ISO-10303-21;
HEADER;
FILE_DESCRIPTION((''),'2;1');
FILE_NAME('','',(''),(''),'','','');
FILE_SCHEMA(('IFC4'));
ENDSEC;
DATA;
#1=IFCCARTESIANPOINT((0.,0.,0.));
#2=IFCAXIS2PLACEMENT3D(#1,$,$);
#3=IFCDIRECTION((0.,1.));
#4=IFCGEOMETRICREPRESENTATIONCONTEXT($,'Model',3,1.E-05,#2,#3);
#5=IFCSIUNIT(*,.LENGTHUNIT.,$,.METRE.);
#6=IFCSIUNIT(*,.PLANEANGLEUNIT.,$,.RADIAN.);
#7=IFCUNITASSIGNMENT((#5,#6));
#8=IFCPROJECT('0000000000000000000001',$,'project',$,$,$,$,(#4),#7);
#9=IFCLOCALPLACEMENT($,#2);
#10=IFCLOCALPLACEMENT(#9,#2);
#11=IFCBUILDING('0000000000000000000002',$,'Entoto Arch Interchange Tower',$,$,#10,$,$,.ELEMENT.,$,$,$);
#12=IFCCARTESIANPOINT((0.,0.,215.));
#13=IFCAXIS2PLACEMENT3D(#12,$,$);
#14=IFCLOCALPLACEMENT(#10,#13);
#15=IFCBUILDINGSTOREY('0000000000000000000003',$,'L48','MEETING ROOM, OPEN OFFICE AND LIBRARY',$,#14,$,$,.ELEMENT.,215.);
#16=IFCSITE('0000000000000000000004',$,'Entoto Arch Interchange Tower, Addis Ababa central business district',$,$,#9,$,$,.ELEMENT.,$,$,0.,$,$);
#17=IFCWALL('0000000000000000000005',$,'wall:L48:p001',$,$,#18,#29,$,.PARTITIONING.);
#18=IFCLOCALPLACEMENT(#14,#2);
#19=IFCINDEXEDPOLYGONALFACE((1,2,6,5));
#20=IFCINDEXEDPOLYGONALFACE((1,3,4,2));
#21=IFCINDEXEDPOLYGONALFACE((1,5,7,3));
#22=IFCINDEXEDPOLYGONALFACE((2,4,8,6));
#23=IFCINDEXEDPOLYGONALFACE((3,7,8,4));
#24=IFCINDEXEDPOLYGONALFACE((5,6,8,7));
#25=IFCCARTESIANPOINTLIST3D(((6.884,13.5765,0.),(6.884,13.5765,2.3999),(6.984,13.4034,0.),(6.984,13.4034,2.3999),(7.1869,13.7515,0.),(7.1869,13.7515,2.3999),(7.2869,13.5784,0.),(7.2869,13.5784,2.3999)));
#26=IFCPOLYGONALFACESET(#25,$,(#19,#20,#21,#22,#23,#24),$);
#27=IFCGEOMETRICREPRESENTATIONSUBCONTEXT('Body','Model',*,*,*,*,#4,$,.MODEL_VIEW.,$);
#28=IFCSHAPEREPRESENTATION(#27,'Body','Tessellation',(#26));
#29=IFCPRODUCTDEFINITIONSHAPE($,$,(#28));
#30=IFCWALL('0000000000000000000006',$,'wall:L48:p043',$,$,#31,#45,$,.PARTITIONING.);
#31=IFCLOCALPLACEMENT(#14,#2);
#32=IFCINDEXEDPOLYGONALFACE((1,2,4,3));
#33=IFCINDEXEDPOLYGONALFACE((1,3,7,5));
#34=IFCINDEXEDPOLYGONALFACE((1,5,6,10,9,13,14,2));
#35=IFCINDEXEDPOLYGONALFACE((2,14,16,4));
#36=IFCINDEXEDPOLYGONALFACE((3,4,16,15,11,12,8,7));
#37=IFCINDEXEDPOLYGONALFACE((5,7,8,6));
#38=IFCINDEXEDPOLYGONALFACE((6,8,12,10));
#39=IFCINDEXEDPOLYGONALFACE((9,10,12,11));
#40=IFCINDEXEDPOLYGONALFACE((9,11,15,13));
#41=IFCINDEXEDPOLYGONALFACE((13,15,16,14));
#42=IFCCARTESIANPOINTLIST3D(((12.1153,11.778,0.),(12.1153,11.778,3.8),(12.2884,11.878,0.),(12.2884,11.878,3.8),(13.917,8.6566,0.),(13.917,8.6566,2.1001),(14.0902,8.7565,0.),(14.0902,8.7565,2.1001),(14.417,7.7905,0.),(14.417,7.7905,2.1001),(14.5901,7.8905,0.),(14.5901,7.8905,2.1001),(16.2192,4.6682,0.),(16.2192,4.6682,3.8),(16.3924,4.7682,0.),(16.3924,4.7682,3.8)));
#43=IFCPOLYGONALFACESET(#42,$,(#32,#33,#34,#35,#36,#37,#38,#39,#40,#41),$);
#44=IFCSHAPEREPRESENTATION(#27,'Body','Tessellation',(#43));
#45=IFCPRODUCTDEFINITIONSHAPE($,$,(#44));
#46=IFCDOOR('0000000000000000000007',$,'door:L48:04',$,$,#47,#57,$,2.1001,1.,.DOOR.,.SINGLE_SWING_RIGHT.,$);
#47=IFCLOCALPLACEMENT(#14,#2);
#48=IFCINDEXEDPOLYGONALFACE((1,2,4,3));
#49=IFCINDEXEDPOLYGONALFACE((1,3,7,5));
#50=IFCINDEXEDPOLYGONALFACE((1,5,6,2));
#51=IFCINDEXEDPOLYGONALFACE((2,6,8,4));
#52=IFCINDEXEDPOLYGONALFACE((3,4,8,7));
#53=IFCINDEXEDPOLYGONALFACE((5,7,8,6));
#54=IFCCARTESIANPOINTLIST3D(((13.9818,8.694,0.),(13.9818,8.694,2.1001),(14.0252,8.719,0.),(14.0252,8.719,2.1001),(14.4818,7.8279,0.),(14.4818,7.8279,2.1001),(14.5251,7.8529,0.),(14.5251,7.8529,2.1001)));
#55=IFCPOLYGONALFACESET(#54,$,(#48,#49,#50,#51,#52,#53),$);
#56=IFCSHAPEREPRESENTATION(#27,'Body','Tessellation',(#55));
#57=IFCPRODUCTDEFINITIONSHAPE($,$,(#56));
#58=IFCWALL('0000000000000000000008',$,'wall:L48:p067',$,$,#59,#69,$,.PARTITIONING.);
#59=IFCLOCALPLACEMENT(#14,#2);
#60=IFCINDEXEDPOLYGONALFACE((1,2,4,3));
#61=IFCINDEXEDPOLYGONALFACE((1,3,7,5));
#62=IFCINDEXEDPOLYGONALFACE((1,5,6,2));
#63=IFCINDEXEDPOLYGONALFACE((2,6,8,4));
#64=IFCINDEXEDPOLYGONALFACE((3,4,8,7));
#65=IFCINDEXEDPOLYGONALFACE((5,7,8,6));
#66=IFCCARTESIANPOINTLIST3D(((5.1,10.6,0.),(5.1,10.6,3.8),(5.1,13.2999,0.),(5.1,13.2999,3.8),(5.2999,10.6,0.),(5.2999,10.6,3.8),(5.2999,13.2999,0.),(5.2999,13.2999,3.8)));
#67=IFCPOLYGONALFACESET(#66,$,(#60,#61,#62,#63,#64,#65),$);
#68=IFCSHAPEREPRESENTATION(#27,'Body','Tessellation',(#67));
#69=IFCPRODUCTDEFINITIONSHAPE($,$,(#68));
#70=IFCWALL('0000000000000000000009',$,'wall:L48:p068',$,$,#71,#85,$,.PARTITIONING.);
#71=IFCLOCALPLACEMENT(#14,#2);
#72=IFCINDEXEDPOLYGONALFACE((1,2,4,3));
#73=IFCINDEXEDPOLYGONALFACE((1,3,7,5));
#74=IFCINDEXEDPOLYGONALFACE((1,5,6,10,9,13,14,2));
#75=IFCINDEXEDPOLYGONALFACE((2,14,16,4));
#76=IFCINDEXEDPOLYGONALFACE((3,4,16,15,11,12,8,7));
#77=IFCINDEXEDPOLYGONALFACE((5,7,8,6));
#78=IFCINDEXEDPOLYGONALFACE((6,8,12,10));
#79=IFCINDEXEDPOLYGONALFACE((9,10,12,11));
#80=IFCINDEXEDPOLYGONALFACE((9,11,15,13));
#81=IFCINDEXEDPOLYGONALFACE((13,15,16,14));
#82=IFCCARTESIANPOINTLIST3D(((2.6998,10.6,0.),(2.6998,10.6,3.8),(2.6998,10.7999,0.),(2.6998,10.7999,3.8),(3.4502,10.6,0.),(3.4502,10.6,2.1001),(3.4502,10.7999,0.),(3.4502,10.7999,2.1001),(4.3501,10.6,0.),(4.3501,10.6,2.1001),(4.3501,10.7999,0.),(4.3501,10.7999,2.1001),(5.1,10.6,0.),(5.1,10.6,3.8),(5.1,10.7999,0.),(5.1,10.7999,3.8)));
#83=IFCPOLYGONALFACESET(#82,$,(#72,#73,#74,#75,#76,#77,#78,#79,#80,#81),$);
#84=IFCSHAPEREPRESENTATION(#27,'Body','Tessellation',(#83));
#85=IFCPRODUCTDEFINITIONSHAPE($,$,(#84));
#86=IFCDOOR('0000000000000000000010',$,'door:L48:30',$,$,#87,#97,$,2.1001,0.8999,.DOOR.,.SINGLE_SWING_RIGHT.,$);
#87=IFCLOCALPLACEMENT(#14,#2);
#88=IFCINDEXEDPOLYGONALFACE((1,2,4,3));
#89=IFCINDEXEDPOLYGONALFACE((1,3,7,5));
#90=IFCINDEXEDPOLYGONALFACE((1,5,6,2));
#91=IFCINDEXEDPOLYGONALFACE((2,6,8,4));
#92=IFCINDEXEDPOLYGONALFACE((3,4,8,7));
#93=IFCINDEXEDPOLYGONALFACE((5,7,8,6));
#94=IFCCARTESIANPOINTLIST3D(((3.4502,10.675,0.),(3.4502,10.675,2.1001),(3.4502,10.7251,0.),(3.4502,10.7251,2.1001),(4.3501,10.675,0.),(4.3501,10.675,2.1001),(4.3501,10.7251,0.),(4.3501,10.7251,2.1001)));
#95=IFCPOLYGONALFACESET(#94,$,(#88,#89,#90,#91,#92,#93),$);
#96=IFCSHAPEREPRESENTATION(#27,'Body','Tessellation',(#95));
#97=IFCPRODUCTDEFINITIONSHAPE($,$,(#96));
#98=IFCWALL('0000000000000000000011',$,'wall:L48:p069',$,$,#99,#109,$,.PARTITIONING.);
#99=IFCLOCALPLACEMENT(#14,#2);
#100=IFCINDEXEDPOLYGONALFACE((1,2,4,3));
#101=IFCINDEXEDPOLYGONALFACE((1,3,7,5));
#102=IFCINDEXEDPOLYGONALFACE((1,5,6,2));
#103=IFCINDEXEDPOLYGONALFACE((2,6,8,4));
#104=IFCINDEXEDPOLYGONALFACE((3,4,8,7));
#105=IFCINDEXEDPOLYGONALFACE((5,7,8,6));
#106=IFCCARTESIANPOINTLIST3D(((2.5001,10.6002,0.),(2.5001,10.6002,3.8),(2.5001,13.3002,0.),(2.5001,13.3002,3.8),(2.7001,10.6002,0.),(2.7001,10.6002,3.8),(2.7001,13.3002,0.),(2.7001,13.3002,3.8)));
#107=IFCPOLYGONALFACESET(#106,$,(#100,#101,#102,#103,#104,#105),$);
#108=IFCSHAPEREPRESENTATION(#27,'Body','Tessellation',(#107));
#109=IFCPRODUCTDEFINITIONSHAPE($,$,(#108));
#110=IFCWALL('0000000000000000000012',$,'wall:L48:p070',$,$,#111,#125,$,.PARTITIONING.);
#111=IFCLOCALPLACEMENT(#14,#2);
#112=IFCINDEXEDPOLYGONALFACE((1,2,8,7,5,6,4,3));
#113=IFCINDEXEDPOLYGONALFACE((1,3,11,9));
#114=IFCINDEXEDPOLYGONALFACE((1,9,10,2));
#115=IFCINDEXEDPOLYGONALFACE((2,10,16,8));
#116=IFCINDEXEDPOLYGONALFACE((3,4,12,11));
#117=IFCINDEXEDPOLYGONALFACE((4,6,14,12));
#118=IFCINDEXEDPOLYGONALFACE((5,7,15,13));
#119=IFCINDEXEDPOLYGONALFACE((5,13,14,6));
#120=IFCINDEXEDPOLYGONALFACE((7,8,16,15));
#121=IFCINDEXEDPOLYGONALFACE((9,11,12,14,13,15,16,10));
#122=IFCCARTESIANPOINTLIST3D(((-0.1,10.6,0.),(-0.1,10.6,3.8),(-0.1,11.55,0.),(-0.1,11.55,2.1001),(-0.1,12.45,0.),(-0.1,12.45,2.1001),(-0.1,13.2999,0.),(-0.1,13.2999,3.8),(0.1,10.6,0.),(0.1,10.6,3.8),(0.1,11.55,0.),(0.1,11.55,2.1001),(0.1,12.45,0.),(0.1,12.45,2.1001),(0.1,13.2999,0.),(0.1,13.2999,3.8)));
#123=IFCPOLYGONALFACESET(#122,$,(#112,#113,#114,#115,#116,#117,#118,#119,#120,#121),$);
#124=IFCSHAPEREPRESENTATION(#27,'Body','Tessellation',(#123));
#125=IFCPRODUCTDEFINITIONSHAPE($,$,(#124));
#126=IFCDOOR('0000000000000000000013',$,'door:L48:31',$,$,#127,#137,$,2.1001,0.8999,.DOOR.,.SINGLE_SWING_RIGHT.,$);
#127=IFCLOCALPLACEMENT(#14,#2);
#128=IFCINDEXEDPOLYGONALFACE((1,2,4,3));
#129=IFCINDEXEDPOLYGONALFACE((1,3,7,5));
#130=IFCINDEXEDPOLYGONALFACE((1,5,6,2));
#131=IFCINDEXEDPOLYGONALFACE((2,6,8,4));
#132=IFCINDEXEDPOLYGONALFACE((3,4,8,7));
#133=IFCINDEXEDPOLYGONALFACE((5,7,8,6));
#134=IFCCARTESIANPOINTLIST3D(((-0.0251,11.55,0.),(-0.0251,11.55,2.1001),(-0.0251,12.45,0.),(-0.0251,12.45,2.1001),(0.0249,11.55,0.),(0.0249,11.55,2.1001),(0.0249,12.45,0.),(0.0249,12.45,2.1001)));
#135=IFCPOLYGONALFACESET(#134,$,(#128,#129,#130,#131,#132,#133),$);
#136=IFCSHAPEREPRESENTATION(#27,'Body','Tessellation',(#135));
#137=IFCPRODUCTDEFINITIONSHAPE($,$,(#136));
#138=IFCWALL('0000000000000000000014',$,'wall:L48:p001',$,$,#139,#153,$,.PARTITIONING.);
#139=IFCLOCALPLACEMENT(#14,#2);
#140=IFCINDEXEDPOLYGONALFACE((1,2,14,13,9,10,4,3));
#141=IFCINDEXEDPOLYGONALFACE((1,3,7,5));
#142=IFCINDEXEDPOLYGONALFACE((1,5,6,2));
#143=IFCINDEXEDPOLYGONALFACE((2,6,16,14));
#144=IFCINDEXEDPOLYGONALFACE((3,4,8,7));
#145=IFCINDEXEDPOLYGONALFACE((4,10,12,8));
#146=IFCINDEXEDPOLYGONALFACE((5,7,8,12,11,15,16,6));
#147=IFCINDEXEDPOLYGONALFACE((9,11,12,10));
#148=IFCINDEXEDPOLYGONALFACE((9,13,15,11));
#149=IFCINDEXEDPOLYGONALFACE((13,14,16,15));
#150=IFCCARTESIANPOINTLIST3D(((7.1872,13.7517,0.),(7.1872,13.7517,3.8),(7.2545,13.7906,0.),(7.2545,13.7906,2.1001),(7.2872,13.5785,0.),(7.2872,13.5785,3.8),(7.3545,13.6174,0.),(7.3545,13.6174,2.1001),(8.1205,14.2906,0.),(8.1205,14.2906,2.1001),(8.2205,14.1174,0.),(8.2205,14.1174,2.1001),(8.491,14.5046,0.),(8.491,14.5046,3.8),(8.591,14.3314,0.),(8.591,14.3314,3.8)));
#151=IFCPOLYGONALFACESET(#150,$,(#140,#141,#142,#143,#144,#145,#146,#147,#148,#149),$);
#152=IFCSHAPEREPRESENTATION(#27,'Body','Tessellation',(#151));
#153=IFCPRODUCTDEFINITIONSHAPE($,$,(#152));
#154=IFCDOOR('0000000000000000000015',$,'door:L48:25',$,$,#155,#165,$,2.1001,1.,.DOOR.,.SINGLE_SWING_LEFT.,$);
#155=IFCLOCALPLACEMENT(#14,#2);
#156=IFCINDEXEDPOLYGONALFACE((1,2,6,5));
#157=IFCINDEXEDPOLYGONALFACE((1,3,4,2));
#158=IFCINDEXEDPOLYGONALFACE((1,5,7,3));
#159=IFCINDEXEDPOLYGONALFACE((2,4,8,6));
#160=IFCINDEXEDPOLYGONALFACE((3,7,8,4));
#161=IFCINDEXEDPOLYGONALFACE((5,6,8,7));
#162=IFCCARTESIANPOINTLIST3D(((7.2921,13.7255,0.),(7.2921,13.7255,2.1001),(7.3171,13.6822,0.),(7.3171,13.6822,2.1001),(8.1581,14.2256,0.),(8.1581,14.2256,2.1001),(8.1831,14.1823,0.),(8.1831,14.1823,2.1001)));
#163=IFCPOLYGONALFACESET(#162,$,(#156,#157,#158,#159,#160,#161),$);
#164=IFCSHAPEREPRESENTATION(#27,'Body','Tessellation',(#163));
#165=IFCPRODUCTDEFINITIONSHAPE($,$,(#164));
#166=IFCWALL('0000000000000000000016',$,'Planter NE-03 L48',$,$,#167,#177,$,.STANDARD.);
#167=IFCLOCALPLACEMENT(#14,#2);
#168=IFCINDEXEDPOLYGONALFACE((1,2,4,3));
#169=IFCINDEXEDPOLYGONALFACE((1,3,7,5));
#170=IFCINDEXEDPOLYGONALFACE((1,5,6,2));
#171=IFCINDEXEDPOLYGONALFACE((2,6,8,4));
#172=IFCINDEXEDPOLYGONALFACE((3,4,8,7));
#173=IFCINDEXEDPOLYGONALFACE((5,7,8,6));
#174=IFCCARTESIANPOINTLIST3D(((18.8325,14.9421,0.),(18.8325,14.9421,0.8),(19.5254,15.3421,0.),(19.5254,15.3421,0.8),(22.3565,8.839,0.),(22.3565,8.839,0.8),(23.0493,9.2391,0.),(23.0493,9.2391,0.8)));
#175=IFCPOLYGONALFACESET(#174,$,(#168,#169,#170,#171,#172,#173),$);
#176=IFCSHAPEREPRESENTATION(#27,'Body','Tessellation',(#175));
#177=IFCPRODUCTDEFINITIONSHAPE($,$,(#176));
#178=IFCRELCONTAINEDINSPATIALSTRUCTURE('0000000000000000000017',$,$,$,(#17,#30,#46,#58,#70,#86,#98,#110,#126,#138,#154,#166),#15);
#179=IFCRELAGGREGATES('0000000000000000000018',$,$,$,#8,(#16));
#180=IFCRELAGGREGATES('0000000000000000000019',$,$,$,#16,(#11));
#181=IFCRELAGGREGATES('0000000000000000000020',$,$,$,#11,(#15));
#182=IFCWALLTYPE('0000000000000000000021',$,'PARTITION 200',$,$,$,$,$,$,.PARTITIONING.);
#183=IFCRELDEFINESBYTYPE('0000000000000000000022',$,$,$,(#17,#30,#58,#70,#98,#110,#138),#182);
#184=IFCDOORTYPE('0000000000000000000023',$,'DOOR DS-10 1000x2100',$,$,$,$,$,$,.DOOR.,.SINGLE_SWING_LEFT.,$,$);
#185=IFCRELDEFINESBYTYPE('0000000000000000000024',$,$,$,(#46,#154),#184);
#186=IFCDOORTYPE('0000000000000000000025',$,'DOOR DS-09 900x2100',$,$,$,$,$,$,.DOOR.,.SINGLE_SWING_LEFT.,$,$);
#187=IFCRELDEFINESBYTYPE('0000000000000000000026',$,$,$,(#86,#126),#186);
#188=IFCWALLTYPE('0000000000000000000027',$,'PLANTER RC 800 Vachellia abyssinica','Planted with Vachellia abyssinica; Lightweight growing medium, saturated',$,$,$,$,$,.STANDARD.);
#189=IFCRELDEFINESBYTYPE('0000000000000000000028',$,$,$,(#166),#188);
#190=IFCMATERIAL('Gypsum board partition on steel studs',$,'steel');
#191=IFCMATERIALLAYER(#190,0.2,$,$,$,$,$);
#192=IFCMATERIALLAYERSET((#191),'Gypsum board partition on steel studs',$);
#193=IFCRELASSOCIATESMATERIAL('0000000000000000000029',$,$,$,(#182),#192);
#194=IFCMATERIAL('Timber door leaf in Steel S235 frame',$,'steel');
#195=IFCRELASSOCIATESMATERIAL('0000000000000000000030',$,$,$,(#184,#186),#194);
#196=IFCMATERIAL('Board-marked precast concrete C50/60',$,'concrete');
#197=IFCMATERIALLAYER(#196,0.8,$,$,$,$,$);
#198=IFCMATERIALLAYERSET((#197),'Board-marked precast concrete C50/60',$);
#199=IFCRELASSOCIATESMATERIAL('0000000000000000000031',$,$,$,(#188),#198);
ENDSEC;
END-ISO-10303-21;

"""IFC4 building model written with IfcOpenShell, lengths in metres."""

from ifc_helpers import new_model, si_unit, direction, frame, frame_2d, origin, place, context, subcontext, project, spatial, rectangle, extrude, material, layer, layer_set, type_object, element, fill, save


model = new_model("IFC4")

# Units and contexts
model_context = context("Model", 3, precision=1e-05, world=origin(), true_north=direction((0.0, 1.0)))
body_context = subcontext(model_context, "Body", "Model", "MODEL_VIEW")
ifc_project = project(units=[si_unit("LENGTHUNIT", "METRE"), si_unit("PLANEANGLEUNIT", "RADIAN")], contexts=[model_context])

# Site, building, storey
site_placement = place(None, origin())
site = spatial("IfcSite", under=ifc_project, at=site_placement, Name="Entoto Arch Interchange Tower, Addis Ababa central business district", CompositionType="ELEMENT", RefElevation=0.0)
building_placement = place(site_placement, origin())
building = spatial("IfcBuilding", under=site, at=building_placement, Name="Entoto Arch Interchange Tower", CompositionType="ELEMENT")
storey_placement = place(building_placement, frame((0.0, 0.0, 215.0)))
storey = spatial("IfcBuildingStorey", under=building, at=storey_placement, Name="L48", Description="MEETING ROOM, OPEN OFFICE AND LIBRARY", CompositionType="ELEMENT", Elevation=215.0)

# Wall
ifc_material_1 = material(Name="Gypsum board partition on steel studs", Category="steel")
ifc_layer_1 = layer(ifc_material_1, 0.2)
ifc_layer_set_1 = layer_set([ifc_layer_1], Name="Gypsum board partition on steel studs")
wall_type_1 = type_object("IfcWallType", Name="PARTITION 200", PredefinedType="PARTITIONING", material=ifc_layer_set_1)
wall_1_placement = place(storey_placement, frame((6.9341, 13.49, 0.0), z_axis=(0.0, 0.0, 1.0), x_axis=(0.865872, 0.500266, 0.0)))
element("IfcWall", 1, at=wall_1_placement, inside=storey, type_object=wall_type_1, Name="wall:L48:p001", PredefinedType="PARTITIONING", context=body_context, shape_type="SweptSolid", body=[
    extrude(rectangle(XDim=0.3499, YDim=0.2, at=frame_2d((0.1748, 0.0))), origin(), (0.0, 0.0, 1.0), 2.3999),
])

# Wall, opening, door
wall_2_placement = place(storey_placement, frame((12.2019, 11.8279, 0.0), z_axis=(0.0, 0.0, 1.0), x_axis=(0.49992, -0.866072, 0.0)))
wall_2 = element("IfcWall", 2, at=wall_2_placement, inside=storey, type_object=wall_type_1, Name="wall:L48:p043", PredefinedType="PARTITIONING", context=body_context, shape_type="SweptSolid", body=[
    extrude(rectangle(XDim=8.2092, YDim=0.2, at=frame_2d((4.1045, 0.0))), origin(), (0.0, 0.0, 1.0), 3.8),
])
opening_1_placement = place(wall_2_placement, frame((3.604, 0.0, 0.0)))
opening_1 = element("IfcOpeningElement", 3, at=opening_1_placement, cuts=wall_2, PredefinedType="OPENING", context=body_context, shape_type="SweptSolid", body=[
    extrude(rectangle(XDim=1.0, YDim=2.1001, at=frame_2d((0.5, 1.05))), frame((0.0, 0.1099, 0.0), z_axis=(0.0, -1.0, 0.0), x_axis=(1.0, 0.0, 0.0)), (0.0, 0.0, 1.0), 0.22),
])
ifc_material_2 = material(Name="Timber door leaf in Steel S235 frame", Category="steel")
door_type_1 = type_object("IfcDoorType", Name="DOOR DS-10 1000x2100", OperationType="SINGLE_SWING_LEFT", PredefinedType="DOOR", material=ifc_material_2)
door_1_placement = place(opening_1_placement, origin())
door_1 = element("IfcDoor", 4, at=door_1_placement, inside=storey, type_object=door_type_1, Name="door:L48:04", OperationType="SINGLE_SWING_RIGHT", OverallHeight=2.1001, OverallWidth=1.0, PredefinedType="DOOR", context=body_context, shape_type="SweptSolid", body=[
    extrude(rectangle(XDim=1.0, YDim=2.1001, at=frame_2d((0.5, 1.05))), frame((0.0, 0.0249, 0.0), z_axis=(0.0, -1.0, 0.0), x_axis=(1.0, 0.0, 0.0)), (0.0, 0.0, 1.0), 0.05),
])
fill(opening_1, door_1)

# Wall
wall_3_placement = place(storey_placement, frame((5.2, 13.3, 0.0), z_axis=(0.0, 0.0, 1.0), x_axis=(0.0, -1.0, 0.0)))
element("IfcWall", 5, at=wall_3_placement, inside=storey, type_object=wall_type_1, Name="wall:L48:p067", PredefinedType="PARTITIONING", context=body_context, shape_type="SweptSolid", body=[
    extrude(rectangle(XDim=2.7, YDim=0.2, at=frame_2d((1.3501, 0.0))), origin(), (0.0, 0.0, 1.0), 3.8),
])

# Wall, opening, door
wall_4_placement = place(storey_placement, frame((5.1001, 10.7, 0.0), z_axis=(0.0, 0.0, 1.0), x_axis=(-1.0, 0.0, 0.0)))
wall_4 = element("IfcWall", 6, at=wall_4_placement, inside=storey, type_object=wall_type_1, Name="wall:L48:p068", PredefinedType="PARTITIONING", context=body_context, shape_type="SweptSolid", body=[
    extrude(rectangle(XDim=2.4001, YDim=0.2, at=frame_2d((1.2002, 0.0))), origin(), (0.0, 0.0, 1.0), 3.8),
])
opening_2_placement = place(wall_4_placement, frame((0.75, 0.0, 0.0)))
opening_2 = element("IfcOpeningElement", 7, at=opening_2_placement, cuts=wall_4, PredefinedType="OPENING", context=body_context, shape_type="SweptSolid", body=[
    extrude(rectangle(XDim=0.8999, YDim=2.1001, at=frame_2d((0.45, 1.05))), frame((0.0, 0.1099, 0.0), z_axis=(0.0, -1.0, 0.0), x_axis=(1.0, 0.0, 0.0)), (0.0, 0.0, 1.0), 0.22),
])
door_type_2 = type_object("IfcDoorType", Name="DOOR DS-09 900x2100", OperationType="SINGLE_SWING_LEFT", PredefinedType="DOOR", material=ifc_material_2)
door_2_placement = place(opening_2_placement, origin())
door_2 = element("IfcDoor", 8, at=door_2_placement, inside=storey, type_object=door_type_2, Name="door:L48:30", OperationType="SINGLE_SWING_RIGHT", OverallHeight=2.1001, OverallWidth=0.8999, PredefinedType="DOOR", context=body_context, shape_type="SweptSolid", body=[
    extrude(rectangle(XDim=0.8999, YDim=2.1001, at=frame_2d((0.45, 1.05))), frame((0.0, 0.0249, 0.0), z_axis=(0.0, -1.0, 0.0), x_axis=(1.0, 0.0, 0.0)), (0.0, 0.0, 1.0), 0.05),
])
fill(opening_2, door_2)

# Wall
wall_5_placement = place(storey_placement, frame((2.6001, 10.6001, 0.0), z_axis=(0.0, 0.0, 1.0), x_axis=(0.0, 1.0, 0.0)))
element("IfcWall", 9, at=wall_5_placement, inside=storey, type_object=wall_type_1, Name="wall:L48:p069", PredefinedType="PARTITIONING", context=body_context, shape_type="SweptSolid", body=[
    extrude(rectangle(XDim=2.7, YDim=0.2, at=frame_2d((1.3501, 0.0))), origin(), (0.0, 0.0, 1.0), 3.8),
])

# Walls, openings, doors
wall_6_placement = place(storey_placement, frame((0.0, 13.3, 0.0), z_axis=(0.0, 0.0, 1.0), x_axis=(0.0, -1.0, 0.0)))
wall_6 = element("IfcWall", 10, at=wall_6_placement, inside=storey, type_object=wall_type_1, Name="wall:L48:p070", PredefinedType="PARTITIONING", context=body_context, shape_type="SweptSolid", body=[
    extrude(rectangle(XDim=2.7, YDim=0.2, at=frame_2d((1.3501, 0.0))), origin(), (0.0, 0.0, 1.0), 3.8),
])
opening_3_placement = place(wall_6_placement, frame((0.8501, 0.0, 0.0)))
opening_3 = element("IfcOpeningElement", 11, at=opening_3_placement, cuts=wall_6, PredefinedType="OPENING", context=body_context, shape_type="SweptSolid", body=[
    extrude(rectangle(XDim=0.8999, YDim=2.1001, at=frame_2d((0.45, 1.05))), frame((0.0, 0.1099, 0.0), z_axis=(0.0, -1.0, 0.0), x_axis=(1.0, 0.0, 0.0)), (0.0, 0.0, 1.0), 0.22),
])
door_3_placement = place(opening_3_placement, origin())
door_3 = element("IfcDoor", 12, at=door_3_placement, inside=storey, type_object=door_type_2, Name="door:L48:31", OperationType="SINGLE_SWING_RIGHT", OverallHeight=2.1001, OverallWidth=0.8999, PredefinedType="DOOR", context=body_context, shape_type="SweptSolid", body=[
    extrude(rectangle(XDim=0.8999, YDim=2.1001, at=frame_2d((0.45, 1.05))), frame((0.0, 0.0249, 0.0), z_axis=(0.0, -1.0, 0.0), x_axis=(1.0, 0.0, 0.0)), (0.0, 0.0, 1.0), 0.05),
])
fill(opening_3, door_3)
wall_7_placement = place(storey_placement, frame((7.2371, 13.665, 0.0), z_axis=(0.0, 0.0, 1.0), x_axis=(0.865999, 0.500045, 0.0)))
wall_7 = element("IfcWall", 13, at=wall_7_placement, inside=storey, type_object=wall_type_1, Name="wall:L48:p001", PredefinedType="PARTITIONING", context=body_context, shape_type="SweptSolid", body=[
    extrude(rectangle(XDim=1.5056, YDim=0.2, at=frame_2d((0.7529, 0.0))), origin(), (0.0, 0.0, 1.0), 3.8),
])
opening_4_placement = place(wall_7_placement, frame((0.0779, 0.0, 0.0)))
opening_4 = element("IfcOpeningElement", 14, at=opening_4_placement, cuts=wall_7, PredefinedType="OPENING", context=body_context, shape_type="SweptSolid", body=[
    extrude(rectangle(XDim=1.0, YDim=2.1001, at=frame_2d((0.5, 1.05))), frame((0.0, 0.1099, 0.0), z_axis=(0.0, -1.0, 0.0), x_axis=(1.0, 0.0, 0.0)), (0.0, 0.0, 1.0), 0.22),
])
door_4_placement = place(opening_4_placement, origin())
door_4 = element("IfcDoor", 15, at=door_4_placement, inside=storey, type_object=door_type_1, Name="door:L48:25", OperationType="SINGLE_SWING_LEFT", OverallHeight=2.1001, OverallWidth=1.0, PredefinedType="DOOR", context=body_context, shape_type="SweptSolid", body=[
    extrude(rectangle(XDim=1.0, YDim=2.1001, at=frame_2d((0.5, 1.05))), frame((0.0, 0.0249, 0.0), z_axis=(0.0, -1.0, 0.0), x_axis=(1.0, 0.0, 0.0)), (0.0, 0.0, 1.0), 0.05),
])
fill(opening_4, door_4)

# Wall
ifc_material_3 = material(Name="Board-marked precast concrete C50/60", Category="concrete")
ifc_layer_2 = layer(ifc_material_3, 0.8)
ifc_layer_set_2 = layer_set([ifc_layer_2], Name="Board-marked precast concrete C50/60")
wall_type_2 = type_object("IfcWallType", Name="PLANTER RC 800 Vachellia abyssinica", Description="Planted with Vachellia abyssinica; Lightweight growing medium, saturated", PredefinedType="STANDARD", material=ifc_layer_set_2)
wall_8_placement = place(storey_placement, frame((22.7029, 9.0391, 0.0), z_axis=(0.0, 0.0, 1.0), x_axis=(-0.500036, 0.866004, 0.0)))
element("IfcWall", 16, at=wall_8_placement, inside=storey, type_object=wall_type_2, Name="Planter NE-03 L48", PredefinedType="STANDARD", context=body_context, shape_type="SweptSolid", body=[
    extrude(rectangle(XDim=7.0474, YDim=0.8, at=frame_2d((3.5237, 0.0))), origin(), (0.0, 0.0, 1.0), 0.8),
])

save(model, "model.ifc")
